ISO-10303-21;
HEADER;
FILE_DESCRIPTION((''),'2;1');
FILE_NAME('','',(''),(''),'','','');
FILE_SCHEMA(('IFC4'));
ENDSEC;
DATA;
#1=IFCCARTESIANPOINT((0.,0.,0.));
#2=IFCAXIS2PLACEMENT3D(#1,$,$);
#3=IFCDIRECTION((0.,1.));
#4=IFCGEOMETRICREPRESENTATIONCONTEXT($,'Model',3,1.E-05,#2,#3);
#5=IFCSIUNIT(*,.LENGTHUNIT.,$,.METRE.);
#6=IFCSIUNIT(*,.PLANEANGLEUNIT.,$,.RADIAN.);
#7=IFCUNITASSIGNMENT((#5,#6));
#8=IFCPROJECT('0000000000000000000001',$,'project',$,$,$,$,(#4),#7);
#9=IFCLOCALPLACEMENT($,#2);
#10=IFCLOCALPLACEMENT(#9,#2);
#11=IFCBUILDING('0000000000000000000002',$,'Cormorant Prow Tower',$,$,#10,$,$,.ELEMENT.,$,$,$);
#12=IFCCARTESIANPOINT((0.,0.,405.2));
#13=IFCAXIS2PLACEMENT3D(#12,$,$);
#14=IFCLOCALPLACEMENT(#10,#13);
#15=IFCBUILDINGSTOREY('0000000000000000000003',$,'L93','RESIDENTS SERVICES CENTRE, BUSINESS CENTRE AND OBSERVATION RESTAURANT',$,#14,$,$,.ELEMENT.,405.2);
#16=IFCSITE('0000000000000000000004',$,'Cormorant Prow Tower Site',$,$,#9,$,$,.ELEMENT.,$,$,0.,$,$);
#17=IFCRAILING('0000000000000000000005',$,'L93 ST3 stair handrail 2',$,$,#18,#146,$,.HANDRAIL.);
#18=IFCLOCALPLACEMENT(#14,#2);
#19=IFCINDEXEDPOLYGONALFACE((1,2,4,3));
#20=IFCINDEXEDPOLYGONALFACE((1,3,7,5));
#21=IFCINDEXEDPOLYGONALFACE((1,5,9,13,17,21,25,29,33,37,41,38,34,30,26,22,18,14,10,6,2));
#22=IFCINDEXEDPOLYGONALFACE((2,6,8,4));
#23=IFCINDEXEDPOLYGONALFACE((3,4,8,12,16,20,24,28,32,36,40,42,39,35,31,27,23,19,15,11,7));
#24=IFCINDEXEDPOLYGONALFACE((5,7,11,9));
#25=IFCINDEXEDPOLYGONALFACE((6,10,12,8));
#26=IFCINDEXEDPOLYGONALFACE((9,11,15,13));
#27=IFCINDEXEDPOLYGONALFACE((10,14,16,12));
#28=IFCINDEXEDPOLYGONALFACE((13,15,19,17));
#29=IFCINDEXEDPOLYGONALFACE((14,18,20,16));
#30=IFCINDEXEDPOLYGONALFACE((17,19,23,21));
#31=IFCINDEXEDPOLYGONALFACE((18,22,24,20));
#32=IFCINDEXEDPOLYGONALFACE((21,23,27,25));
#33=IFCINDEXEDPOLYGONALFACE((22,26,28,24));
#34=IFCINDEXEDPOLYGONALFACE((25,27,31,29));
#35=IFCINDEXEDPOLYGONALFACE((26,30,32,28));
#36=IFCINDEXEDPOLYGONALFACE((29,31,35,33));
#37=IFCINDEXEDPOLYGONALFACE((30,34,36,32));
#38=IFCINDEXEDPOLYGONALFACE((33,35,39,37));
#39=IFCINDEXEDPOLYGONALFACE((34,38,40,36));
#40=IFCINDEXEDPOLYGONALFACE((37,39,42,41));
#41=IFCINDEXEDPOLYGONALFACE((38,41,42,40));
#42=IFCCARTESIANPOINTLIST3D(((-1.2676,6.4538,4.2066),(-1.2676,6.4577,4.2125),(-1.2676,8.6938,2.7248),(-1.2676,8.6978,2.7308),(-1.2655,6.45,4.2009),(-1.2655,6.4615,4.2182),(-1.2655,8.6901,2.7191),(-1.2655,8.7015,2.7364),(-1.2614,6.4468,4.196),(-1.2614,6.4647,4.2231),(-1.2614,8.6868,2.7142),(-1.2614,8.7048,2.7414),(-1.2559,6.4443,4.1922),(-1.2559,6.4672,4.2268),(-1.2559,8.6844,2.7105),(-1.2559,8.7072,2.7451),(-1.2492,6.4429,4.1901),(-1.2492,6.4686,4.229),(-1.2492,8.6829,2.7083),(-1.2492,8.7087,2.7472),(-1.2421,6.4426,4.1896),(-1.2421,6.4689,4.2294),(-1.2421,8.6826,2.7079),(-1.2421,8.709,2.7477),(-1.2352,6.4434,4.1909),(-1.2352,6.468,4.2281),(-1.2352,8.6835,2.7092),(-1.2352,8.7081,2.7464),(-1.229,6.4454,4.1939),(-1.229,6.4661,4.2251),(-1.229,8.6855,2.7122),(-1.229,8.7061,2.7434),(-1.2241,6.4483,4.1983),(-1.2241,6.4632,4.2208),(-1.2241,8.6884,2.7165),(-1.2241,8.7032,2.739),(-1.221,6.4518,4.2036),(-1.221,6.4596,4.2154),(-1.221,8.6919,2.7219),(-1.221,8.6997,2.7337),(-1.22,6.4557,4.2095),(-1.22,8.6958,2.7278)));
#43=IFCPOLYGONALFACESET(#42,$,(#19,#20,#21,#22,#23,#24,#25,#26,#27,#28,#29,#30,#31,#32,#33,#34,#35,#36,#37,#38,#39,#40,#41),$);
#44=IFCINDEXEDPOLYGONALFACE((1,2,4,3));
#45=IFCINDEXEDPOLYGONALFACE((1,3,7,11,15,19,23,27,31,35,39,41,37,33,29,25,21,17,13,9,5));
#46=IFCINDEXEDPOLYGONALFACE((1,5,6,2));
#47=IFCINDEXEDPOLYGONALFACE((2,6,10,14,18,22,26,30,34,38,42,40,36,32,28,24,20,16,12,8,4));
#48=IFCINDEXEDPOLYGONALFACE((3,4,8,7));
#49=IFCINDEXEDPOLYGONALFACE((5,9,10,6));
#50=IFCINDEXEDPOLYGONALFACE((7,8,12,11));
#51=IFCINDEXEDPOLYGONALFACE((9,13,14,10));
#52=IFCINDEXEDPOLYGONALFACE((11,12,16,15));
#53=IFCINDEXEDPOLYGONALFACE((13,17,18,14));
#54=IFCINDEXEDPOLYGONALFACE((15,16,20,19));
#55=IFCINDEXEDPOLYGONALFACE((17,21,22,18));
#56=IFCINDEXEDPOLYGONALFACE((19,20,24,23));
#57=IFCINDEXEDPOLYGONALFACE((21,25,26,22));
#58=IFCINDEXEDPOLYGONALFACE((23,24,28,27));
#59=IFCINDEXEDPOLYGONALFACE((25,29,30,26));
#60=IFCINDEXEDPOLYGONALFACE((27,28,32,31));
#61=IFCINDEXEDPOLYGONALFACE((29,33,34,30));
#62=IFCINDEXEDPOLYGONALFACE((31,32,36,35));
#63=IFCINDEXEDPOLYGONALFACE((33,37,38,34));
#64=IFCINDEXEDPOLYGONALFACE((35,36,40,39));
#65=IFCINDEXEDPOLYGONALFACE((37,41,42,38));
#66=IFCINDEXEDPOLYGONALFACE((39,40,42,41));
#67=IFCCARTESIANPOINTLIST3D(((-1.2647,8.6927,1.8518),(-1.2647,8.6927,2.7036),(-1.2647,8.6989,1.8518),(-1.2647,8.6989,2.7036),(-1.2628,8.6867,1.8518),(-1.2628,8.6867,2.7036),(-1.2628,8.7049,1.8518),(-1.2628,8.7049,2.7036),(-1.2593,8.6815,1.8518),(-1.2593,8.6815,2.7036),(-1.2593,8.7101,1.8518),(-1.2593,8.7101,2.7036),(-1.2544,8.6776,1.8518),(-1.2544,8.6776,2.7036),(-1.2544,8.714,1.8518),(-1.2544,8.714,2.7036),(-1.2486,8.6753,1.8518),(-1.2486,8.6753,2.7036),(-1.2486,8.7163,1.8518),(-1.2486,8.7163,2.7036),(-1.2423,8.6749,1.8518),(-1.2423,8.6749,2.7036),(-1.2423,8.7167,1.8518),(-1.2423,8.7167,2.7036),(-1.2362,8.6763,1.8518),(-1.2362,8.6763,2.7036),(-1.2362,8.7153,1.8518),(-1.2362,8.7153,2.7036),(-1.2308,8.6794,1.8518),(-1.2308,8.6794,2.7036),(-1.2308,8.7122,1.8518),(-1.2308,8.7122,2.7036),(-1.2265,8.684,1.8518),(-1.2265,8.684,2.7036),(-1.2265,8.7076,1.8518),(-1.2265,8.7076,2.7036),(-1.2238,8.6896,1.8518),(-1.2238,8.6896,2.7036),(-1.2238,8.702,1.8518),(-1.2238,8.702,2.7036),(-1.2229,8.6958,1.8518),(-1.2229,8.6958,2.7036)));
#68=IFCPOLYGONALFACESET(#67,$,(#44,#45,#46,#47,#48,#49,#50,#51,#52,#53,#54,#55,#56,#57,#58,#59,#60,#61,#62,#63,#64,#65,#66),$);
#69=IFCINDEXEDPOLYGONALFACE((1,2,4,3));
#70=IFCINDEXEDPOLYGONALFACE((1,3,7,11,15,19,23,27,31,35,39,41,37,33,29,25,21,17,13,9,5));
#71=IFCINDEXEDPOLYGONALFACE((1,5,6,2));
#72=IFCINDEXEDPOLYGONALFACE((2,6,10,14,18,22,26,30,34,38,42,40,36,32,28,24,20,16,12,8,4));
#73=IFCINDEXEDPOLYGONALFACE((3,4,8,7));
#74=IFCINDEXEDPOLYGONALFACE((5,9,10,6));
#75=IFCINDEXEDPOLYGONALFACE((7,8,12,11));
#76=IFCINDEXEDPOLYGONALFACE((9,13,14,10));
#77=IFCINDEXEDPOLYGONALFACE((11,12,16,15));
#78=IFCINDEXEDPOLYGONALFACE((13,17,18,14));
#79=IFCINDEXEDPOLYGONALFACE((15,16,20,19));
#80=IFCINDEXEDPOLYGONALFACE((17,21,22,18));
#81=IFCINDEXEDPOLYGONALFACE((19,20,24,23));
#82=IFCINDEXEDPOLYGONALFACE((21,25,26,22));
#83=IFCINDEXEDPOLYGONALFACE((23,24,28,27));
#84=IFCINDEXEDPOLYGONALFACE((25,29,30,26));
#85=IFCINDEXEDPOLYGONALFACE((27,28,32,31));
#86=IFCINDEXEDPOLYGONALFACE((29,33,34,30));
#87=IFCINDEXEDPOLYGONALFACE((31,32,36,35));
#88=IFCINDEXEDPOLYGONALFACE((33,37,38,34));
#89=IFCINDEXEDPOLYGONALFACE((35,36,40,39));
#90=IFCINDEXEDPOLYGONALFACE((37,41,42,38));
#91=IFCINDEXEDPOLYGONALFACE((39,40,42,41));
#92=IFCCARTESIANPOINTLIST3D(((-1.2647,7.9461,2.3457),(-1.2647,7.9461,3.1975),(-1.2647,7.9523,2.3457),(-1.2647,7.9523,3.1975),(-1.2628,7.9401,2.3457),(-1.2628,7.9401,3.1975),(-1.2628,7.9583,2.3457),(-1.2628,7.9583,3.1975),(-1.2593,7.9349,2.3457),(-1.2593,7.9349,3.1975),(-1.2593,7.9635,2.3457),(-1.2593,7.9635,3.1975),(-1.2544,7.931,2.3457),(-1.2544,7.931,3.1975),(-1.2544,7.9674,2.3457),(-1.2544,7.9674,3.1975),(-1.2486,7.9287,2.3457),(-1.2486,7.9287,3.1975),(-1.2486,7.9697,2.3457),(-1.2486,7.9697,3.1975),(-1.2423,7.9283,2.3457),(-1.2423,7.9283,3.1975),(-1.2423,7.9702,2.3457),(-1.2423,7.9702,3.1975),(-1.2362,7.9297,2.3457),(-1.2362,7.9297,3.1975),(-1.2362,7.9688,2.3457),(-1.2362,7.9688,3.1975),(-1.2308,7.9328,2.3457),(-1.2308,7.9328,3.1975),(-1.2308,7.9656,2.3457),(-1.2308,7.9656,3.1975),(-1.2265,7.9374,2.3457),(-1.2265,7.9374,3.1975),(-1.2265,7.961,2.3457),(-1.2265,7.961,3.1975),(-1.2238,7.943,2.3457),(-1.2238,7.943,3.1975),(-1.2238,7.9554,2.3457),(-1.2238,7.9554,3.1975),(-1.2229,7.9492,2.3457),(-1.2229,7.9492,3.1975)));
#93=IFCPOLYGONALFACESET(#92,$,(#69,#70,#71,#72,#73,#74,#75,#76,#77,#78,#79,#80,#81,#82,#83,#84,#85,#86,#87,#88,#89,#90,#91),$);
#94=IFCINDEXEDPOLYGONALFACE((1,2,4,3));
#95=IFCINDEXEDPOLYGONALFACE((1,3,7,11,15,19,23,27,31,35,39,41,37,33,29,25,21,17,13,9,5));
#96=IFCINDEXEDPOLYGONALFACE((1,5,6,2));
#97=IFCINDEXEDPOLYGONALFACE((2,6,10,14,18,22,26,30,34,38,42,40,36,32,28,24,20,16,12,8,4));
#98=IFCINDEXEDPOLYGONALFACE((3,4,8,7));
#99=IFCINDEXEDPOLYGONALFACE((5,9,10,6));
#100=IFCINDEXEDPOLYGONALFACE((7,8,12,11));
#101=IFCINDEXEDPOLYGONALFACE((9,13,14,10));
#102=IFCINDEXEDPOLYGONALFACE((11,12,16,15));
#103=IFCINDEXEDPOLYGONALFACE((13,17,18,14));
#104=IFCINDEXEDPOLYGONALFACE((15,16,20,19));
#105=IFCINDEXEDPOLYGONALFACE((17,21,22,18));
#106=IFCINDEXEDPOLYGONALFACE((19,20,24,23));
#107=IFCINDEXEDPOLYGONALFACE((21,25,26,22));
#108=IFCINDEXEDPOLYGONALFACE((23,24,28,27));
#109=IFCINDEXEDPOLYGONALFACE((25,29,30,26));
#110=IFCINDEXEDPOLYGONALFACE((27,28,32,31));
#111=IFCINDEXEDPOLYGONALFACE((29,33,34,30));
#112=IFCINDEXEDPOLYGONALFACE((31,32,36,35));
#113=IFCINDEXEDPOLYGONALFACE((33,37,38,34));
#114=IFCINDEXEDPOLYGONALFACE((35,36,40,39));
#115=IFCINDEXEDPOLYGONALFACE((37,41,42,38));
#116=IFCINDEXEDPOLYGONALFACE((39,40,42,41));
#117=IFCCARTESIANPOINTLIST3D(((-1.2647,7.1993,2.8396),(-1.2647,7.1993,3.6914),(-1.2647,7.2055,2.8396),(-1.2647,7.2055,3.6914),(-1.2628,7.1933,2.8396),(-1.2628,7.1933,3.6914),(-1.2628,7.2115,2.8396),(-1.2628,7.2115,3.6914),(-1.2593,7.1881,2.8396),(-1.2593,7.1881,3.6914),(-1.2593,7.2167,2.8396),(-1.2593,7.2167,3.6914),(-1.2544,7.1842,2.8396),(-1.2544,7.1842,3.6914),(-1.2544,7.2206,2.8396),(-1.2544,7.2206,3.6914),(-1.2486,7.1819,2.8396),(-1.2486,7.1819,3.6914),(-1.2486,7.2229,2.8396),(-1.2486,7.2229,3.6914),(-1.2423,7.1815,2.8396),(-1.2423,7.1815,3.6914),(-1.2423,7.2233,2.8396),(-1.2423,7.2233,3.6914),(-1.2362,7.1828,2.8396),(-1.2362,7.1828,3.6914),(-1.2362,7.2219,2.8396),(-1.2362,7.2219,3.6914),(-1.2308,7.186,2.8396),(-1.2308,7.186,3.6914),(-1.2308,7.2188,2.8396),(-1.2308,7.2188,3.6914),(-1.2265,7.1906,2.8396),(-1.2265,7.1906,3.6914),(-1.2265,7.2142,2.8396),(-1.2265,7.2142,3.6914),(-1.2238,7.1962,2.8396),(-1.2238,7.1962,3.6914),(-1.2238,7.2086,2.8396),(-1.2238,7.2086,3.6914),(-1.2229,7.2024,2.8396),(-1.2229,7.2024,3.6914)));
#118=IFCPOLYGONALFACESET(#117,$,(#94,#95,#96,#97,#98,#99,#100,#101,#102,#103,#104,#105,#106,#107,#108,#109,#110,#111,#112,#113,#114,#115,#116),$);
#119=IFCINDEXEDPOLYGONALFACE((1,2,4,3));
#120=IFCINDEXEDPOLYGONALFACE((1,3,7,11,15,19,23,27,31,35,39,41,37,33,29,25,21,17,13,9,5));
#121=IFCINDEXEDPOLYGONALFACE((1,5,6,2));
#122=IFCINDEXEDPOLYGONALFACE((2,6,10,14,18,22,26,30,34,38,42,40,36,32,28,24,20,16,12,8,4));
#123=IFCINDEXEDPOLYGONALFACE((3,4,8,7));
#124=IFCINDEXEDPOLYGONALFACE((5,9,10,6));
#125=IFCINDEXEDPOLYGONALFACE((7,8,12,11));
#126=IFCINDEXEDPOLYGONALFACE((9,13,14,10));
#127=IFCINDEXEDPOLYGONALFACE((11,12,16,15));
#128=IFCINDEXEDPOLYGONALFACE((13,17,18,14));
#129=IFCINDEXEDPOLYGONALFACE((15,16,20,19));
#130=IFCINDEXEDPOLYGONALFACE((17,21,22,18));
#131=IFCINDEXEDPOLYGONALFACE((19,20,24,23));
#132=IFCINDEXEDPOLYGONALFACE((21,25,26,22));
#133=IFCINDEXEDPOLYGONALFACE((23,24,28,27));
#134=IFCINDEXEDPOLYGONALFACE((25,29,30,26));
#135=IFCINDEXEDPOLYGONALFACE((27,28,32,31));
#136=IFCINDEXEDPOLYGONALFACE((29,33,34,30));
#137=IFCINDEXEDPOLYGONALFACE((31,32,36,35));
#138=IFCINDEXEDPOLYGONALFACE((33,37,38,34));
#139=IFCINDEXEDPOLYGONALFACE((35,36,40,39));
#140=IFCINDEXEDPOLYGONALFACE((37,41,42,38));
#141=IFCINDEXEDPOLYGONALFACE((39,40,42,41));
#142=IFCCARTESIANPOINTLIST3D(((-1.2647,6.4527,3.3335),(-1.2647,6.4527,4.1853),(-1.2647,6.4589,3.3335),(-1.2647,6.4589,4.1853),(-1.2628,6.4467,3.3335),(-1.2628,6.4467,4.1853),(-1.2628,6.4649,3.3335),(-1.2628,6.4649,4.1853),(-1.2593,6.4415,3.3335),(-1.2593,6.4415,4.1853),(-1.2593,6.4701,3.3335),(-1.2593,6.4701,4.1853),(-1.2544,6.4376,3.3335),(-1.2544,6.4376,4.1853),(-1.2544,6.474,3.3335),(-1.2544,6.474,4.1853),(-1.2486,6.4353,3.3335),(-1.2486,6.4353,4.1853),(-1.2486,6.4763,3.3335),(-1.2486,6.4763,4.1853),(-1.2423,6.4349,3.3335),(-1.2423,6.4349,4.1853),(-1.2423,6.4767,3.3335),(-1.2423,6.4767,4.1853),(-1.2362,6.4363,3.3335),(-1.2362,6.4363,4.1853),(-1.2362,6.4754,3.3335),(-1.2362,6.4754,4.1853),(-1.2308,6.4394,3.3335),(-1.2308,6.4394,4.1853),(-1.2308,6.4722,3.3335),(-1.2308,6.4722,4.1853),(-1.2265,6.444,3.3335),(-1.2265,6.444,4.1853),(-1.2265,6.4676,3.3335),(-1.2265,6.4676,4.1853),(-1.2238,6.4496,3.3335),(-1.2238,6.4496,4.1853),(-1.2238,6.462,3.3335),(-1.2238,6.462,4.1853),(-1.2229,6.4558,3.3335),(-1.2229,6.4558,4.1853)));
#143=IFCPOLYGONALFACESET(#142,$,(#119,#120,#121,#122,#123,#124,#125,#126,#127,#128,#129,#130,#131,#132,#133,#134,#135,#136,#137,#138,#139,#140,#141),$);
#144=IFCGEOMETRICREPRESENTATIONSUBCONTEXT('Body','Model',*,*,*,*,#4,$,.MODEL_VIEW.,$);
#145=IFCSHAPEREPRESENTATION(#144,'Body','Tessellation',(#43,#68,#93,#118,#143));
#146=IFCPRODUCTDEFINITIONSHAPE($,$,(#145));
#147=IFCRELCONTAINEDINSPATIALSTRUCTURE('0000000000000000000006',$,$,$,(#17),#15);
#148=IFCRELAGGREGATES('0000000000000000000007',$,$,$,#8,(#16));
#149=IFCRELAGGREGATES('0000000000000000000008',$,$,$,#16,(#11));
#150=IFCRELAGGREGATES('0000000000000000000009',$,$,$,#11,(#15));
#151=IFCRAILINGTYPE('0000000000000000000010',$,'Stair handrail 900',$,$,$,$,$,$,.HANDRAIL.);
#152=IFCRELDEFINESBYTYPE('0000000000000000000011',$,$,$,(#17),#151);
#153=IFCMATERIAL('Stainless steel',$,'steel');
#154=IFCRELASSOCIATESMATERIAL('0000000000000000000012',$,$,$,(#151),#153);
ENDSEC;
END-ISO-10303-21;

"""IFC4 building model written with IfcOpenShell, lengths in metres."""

from ifc_helpers import new_model, si_unit, direction, frame, origin, origin_2d, place, context, subcontext, project, spatial, circle, extrude, material, type_object, element, save


model = new_model("IFC4")

# Units and contexts
model_context = context("Model", 3, precision=1e-05, world=origin(), true_north=direction((0.0, 1.0)))
body_context = subcontext(model_context, "Body", "Model", "MODEL_VIEW")
ifc_project = project(units=[si_unit("LENGTHUNIT", "METRE"), si_unit("PLANEANGLEUNIT", "RADIAN")], contexts=[model_context])

# Site, building, storey
site_placement = place(None, origin())
site = spatial("IfcSite", under=ifc_project, at=site_placement, Name="Cormorant Prow Tower Site", CompositionType="ELEMENT", RefElevation=0.0)
building_placement = place(site_placement, origin())
building = spatial("IfcBuilding", under=site, at=building_placement, Name="Cormorant Prow Tower", CompositionType="ELEMENT")
storey_placement = place(building_placement, frame((0.0, 0.0, 405.2)))
storey = spatial("IfcBuildingStorey", under=building, at=storey_placement, Name="L93", Description="RESIDENTS SERVICES CENTRE, BUSINESS CENTRE AND OBSERVATION RESTAURANT", CompositionType="ELEMENT", Elevation=405.2)

# Railing
ifc_material_1 = material(Name="Stainless steel", Category="steel")
railing_type = type_object("IfcRailingType", Name="Stair handrail 900", PredefinedType="HANDRAIL", material=ifc_material_1)
railing_placement = place(storey_placement, frame((-1.2439, 8.6958, 1.8518)))
element("IfcRailing", 1, at=railing_placement, inside=storey, type_object=railing_type, Name="L93 ST3 stair handrail 2", PredefinedType="HANDRAIL", context=body_context, shape_type="SweptSolid", body=[
    extrude(circle(Radius=0.0239, at=origin_2d()), frame((0.0, 0.0, 0.876), z_axis=(0.0, -0.834045, 0.551697), x_axis=(1.0, 0.0, 0.0)), (0.0, 0.0, 1.0), 2.6858),
    extrude(circle(Radius=0.021, at=origin_2d()), origin(), (0.0, 0.0, 1.0), 0.8518),
    extrude(circle(Radius=0.021, at=origin_2d()), frame((0.0, -0.7466, 0.4939)), (0.0, 0.0, 1.0), 0.8518),
    extrude(circle(Radius=0.021, at=origin_2d()), frame((0.0, -1.4934, 0.9878)), (0.0, 0.0, 1.0), 0.8518),
    extrude(circle(Radius=0.021, at=origin_2d()), frame((0.0, -2.24, 1.4817)), (0.0, 0.0, 1.0), 0.8518),
])

save(model, "model.ifc")
